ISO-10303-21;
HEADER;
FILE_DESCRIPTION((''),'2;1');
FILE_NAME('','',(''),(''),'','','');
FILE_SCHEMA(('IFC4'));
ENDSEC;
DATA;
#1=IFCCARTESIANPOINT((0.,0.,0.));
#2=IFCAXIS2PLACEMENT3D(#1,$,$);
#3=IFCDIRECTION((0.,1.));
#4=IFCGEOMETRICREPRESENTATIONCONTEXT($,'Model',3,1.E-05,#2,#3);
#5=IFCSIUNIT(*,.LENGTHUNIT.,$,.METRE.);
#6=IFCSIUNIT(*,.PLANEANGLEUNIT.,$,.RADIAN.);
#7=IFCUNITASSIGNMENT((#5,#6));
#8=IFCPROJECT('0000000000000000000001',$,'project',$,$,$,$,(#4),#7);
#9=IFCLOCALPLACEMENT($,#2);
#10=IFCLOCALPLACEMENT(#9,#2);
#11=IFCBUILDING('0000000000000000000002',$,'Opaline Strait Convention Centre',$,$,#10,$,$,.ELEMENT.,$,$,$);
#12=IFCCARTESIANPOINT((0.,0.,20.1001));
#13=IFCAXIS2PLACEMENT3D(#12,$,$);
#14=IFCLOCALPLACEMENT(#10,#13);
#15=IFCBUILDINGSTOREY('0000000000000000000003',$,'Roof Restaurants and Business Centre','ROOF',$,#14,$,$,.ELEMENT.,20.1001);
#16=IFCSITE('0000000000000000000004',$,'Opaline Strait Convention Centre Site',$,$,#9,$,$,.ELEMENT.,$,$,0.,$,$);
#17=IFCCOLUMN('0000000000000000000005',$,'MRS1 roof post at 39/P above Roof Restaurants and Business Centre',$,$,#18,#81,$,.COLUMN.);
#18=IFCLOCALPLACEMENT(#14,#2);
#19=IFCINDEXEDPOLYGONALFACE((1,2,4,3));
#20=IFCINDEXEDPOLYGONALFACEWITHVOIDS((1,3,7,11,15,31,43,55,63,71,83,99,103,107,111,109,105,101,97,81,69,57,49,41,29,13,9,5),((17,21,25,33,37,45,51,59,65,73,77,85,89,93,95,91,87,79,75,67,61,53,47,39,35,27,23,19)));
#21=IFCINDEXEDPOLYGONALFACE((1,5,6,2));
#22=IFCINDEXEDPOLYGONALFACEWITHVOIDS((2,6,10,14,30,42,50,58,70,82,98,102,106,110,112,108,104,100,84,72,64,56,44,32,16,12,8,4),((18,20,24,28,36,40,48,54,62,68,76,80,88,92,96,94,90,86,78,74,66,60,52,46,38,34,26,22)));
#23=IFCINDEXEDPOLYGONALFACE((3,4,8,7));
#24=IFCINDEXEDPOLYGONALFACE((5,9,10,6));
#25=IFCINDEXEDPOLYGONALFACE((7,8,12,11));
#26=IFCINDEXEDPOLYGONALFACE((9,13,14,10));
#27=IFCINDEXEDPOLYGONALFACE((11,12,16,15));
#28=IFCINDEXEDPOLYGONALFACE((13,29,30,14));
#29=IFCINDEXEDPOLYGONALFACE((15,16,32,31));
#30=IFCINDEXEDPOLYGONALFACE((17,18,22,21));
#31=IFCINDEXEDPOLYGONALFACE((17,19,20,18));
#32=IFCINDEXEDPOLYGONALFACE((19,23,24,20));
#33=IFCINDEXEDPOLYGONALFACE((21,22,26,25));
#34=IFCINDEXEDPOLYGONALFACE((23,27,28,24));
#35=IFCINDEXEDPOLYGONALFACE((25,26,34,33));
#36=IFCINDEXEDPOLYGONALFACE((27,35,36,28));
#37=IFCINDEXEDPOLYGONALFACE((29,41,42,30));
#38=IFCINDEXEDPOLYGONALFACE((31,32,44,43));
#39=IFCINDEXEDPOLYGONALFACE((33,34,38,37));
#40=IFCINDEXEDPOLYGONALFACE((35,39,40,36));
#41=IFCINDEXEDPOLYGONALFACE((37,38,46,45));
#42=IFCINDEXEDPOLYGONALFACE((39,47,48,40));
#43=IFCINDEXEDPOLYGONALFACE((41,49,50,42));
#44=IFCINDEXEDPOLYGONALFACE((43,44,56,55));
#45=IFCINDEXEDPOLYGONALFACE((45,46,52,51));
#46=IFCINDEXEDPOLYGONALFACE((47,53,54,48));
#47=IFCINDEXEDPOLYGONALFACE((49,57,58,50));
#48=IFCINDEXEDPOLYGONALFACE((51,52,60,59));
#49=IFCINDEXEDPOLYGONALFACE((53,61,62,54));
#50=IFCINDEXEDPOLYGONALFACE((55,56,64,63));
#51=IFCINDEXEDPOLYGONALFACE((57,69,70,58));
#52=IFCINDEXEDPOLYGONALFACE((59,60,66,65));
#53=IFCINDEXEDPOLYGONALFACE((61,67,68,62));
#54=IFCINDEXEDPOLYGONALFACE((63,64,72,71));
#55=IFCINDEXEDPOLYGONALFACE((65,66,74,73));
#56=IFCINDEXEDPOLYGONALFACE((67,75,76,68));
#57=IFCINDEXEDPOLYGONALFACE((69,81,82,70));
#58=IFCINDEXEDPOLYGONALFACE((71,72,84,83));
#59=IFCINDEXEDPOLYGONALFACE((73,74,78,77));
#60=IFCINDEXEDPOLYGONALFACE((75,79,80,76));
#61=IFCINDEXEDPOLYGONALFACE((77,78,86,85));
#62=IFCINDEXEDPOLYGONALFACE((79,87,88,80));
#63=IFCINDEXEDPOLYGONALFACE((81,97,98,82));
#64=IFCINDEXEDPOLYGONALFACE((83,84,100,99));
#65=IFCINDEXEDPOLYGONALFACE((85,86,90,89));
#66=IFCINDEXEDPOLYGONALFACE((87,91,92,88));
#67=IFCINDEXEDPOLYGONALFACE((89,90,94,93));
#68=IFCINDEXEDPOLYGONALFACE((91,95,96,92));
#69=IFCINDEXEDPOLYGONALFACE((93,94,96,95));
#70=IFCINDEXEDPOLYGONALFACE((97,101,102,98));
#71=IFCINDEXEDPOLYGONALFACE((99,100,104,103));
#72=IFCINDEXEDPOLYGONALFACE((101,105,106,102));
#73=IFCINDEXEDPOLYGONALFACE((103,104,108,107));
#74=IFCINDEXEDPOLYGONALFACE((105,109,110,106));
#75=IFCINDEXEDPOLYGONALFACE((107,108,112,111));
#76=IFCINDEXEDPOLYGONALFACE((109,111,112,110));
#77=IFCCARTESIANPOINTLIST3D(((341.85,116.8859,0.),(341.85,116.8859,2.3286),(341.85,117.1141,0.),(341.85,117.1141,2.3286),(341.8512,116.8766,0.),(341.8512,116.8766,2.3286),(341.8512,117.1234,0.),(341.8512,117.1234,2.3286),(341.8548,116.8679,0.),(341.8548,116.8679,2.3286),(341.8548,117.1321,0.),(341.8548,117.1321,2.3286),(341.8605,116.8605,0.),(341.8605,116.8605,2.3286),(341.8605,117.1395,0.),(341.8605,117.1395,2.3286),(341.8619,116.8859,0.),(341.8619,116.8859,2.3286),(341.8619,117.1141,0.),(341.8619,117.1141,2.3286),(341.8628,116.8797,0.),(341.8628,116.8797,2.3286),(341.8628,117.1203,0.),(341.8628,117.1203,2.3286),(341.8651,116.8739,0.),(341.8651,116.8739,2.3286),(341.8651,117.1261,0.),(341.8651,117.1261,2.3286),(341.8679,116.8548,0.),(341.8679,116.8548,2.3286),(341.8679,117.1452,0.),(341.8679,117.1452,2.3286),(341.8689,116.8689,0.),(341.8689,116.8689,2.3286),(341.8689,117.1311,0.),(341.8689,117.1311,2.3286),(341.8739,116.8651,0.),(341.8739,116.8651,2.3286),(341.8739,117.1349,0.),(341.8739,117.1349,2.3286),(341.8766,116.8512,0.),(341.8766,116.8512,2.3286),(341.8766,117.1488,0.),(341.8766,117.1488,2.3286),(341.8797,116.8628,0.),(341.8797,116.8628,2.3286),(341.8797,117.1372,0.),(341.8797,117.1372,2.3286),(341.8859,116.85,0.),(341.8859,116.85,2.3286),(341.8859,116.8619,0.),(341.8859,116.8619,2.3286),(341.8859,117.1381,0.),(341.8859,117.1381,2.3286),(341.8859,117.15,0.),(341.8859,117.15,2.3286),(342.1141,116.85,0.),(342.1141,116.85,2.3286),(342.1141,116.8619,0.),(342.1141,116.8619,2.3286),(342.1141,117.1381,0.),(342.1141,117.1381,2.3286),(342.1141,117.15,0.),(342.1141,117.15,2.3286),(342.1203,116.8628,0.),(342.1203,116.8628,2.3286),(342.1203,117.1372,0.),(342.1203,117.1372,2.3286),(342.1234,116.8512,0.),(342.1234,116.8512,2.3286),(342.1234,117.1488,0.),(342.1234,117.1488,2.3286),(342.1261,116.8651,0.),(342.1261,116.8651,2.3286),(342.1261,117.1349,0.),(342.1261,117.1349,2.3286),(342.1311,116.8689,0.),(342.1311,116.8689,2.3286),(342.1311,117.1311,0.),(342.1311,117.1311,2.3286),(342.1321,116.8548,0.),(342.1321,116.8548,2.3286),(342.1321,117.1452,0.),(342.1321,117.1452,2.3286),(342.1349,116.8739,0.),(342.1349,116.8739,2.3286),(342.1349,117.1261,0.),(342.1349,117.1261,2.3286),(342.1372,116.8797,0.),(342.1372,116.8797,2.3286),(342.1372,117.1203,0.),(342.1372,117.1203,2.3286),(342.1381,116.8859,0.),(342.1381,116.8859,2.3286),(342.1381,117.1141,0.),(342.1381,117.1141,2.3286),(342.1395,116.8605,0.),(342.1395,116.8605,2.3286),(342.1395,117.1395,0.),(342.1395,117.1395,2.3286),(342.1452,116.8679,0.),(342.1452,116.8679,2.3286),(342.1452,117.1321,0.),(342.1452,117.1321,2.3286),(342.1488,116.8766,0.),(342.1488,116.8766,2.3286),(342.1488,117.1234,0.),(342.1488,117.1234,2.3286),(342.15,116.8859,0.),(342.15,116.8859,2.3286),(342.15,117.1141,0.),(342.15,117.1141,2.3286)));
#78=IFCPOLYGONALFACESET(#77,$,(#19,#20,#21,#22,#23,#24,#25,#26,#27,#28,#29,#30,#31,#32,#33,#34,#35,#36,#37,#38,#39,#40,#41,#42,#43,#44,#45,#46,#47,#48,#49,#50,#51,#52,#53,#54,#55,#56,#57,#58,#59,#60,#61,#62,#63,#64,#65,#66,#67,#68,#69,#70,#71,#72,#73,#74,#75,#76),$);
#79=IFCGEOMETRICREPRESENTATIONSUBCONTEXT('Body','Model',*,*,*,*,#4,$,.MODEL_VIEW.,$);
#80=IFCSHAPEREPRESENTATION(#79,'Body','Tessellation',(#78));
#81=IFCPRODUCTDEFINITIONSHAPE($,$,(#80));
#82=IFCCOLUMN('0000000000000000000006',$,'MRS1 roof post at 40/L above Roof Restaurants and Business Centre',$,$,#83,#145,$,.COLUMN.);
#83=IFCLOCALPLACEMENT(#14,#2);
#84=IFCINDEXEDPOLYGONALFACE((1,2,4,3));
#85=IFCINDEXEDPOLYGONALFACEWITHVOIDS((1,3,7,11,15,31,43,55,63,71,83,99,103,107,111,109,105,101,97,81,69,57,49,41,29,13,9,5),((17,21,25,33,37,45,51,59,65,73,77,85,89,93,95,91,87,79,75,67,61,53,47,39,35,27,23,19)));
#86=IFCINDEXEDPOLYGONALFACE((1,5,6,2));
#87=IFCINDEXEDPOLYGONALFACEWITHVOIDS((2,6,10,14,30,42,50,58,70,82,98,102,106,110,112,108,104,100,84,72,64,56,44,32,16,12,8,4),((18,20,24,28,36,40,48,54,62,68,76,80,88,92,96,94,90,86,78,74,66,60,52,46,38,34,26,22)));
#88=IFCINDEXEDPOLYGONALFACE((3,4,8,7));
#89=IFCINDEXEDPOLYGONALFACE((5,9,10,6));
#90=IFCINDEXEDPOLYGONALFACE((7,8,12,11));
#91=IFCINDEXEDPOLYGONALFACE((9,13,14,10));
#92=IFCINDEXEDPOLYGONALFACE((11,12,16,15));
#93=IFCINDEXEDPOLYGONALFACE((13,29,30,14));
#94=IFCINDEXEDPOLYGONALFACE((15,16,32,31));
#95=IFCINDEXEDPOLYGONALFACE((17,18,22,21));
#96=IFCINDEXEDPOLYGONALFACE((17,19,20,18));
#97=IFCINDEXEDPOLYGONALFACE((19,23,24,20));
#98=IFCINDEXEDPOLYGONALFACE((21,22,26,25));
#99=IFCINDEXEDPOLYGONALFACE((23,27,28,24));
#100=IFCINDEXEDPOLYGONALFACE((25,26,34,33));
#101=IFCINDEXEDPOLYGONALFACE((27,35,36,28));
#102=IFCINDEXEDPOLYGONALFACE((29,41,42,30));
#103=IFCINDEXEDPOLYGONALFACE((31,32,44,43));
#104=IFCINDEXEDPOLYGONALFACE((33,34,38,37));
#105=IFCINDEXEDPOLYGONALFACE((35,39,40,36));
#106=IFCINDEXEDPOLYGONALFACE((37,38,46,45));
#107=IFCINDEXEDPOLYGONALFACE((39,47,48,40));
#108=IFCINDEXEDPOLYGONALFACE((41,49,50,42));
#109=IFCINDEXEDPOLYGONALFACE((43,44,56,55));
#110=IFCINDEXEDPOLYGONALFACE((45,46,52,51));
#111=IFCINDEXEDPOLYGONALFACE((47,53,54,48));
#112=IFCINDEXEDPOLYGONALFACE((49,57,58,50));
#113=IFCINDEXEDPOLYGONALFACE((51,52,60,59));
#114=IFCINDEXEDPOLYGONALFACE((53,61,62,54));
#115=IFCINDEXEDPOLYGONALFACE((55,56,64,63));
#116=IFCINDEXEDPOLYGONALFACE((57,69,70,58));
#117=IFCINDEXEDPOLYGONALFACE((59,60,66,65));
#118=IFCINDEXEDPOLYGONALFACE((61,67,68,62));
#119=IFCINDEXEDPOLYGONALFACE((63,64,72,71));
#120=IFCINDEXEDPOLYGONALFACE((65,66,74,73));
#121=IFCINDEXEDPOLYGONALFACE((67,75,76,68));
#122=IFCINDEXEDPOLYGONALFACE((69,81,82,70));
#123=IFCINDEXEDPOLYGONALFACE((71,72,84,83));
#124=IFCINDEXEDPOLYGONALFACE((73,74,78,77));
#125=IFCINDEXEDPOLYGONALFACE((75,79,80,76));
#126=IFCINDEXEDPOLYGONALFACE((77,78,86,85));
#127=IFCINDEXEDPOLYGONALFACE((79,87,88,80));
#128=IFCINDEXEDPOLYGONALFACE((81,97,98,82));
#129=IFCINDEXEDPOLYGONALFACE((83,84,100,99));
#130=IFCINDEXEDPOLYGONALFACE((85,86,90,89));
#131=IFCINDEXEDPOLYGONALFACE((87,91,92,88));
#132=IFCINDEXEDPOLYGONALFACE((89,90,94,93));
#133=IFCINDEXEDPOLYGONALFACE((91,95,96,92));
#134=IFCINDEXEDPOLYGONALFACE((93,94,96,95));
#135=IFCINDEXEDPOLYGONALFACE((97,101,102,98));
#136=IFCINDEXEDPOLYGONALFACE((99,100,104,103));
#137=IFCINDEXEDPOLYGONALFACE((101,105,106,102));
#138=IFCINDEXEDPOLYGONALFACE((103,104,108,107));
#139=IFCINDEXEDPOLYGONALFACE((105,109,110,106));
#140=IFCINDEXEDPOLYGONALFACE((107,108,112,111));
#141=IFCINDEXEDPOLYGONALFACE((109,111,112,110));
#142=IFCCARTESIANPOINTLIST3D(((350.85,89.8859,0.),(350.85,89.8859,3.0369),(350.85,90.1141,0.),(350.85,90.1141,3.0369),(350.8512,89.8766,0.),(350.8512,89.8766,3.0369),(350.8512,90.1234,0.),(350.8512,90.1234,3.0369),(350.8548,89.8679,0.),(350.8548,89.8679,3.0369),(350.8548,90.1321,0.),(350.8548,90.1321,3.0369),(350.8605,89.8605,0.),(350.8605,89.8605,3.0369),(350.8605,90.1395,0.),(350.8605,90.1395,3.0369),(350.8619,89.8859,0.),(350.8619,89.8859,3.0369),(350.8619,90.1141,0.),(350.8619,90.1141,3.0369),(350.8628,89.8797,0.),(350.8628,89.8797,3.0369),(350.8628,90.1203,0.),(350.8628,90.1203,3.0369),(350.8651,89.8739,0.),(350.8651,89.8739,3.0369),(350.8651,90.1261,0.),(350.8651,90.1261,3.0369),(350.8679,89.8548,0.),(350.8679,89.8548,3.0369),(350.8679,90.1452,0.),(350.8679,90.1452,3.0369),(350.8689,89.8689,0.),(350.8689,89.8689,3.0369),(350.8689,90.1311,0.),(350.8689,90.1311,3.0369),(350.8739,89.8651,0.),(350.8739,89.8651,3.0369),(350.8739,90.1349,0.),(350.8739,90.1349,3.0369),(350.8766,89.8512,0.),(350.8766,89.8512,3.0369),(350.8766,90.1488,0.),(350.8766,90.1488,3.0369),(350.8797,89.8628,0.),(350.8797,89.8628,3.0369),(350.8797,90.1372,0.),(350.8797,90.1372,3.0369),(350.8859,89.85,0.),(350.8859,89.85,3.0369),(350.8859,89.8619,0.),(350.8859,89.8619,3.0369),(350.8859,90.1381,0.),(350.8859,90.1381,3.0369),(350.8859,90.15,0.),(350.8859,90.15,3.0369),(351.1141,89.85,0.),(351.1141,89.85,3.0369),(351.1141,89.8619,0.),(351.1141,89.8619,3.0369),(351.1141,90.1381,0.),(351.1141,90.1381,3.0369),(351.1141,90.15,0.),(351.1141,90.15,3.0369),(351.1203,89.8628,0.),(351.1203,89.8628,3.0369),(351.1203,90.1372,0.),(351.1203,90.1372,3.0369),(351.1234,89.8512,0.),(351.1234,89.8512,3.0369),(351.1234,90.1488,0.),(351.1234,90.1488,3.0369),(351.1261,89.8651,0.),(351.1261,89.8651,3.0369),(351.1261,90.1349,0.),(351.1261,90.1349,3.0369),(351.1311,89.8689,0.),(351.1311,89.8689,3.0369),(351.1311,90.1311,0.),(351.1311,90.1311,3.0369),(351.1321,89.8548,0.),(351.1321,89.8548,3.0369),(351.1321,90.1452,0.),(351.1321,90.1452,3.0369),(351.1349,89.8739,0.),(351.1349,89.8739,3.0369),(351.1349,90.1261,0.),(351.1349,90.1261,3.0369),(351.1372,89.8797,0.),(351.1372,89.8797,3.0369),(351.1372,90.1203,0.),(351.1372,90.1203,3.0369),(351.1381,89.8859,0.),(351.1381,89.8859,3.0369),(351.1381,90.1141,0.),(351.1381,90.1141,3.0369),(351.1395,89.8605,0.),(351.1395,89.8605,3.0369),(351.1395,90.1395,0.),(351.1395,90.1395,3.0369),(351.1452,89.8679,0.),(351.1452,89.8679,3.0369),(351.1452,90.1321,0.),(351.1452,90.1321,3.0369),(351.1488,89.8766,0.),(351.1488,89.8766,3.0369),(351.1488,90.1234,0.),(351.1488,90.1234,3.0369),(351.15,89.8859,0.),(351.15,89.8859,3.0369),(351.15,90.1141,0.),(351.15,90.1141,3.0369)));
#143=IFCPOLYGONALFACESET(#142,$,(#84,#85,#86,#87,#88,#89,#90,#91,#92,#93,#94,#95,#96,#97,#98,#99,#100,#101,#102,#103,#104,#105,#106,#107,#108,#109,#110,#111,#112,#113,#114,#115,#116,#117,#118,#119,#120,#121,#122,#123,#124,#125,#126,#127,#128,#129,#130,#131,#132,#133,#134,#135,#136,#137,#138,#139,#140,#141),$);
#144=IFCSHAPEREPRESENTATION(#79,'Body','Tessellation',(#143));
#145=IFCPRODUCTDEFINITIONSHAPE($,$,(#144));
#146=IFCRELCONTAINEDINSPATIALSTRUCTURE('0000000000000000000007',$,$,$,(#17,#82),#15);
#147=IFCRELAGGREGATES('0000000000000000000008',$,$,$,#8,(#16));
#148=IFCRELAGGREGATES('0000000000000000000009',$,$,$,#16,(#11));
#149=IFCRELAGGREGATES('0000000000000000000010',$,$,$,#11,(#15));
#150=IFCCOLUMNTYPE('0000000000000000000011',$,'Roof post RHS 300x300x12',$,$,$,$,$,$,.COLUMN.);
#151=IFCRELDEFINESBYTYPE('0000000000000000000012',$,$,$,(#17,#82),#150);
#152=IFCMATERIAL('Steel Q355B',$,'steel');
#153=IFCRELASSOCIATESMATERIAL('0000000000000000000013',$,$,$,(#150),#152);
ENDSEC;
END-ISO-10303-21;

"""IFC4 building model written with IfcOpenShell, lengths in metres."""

from ifc_helpers import new_model, si_unit, direction, frame, origin, origin_2d, place, context, subcontext, project, spatial, hollow_rectangle, extrude, material, material_profile, profile_set, type_object, element, save


model = new_model("IFC4")

# Units and contexts
model_context = context("Model", 3, precision=1e-05, world=origin(), true_north=direction((0.0, 1.0)))
body_context = subcontext(model_context, "Body", "Model", "MODEL_VIEW")
ifc_project = project(units=[si_unit("LENGTHUNIT", "METRE"), si_unit("PLANEANGLEUNIT", "RADIAN")], contexts=[model_context])

# Site, building, storey
site_placement = place(None, origin())
site = spatial("IfcSite", under=ifc_project, at=site_placement, Name="Opaline Strait Convention Centre Site", CompositionType="ELEMENT", RefElevation=0.0)
building_placement = place(site_placement, origin())
building = spatial("IfcBuilding", under=site, at=building_placement, Name="Opaline Strait Convention Centre", CompositionType="ELEMENT")
storey_placement = place(building_placement, frame((0.0, 0.0, 20.1001)))
storey = spatial("IfcBuildingStorey", under=building, at=storey_placement, Name="Roof Restaurants and Business Centre", Description="ROOF", CompositionType="ELEMENT", Elevation=20.1001)

# Columns
ifc_material = material(Name="Steel Q355B", Category="steel")
ifc_material_profile = material_profile(ifc_material, hollow_rectangle(XDim=0.3, YDim=0.3, WallThickness=0.012, InnerFilletRadius=0.0239, OuterFilletRadius=0.0359, at=origin_2d()), Name="RHS 300x300x12")
ifc_profile_set = profile_set([ifc_material_profile], Name="Steel Q355B")
column_type = type_object("IfcColumnType", Name="Roof post RHS 300x300x12", PredefinedType="COLUMN", material=ifc_profile_set)
for number, where, z_axis, x_axis, name in (
    (1, (342.0, 117.0, 0.0), (0.0, 0.0, 1.0), (1.0, 0.0, 0.0), "MRS1 roof post at 39/P above Roof Restaurants and Business Centre"),
):
    element("IfcColumn", number, at=place(storey_placement, frame(where, z_axis=z_axis, x_axis=x_axis)), inside=storey, type_object=column_type, Name=name, PredefinedType="COLUMN", context=body_context, shape_type="SweptSolid", body=[
        extrude(hollow_rectangle(XDim=0.3, YDim=0.3, WallThickness=0.012, InnerFilletRadius=0.0239, OuterFilletRadius=0.0359, at=origin_2d()), origin(), (0.0, 0.0, 1.0), 2.3286),
    ])
for number, where, z_axis, x_axis, name in (
    (2, (351.0, 90.0, 0.0), (0.0, 0.0, 1.0), (1.0, 0.0, 0.0), "MRS1 roof post at 40/L above Roof Restaurants and Business Centre"),
):
    element("IfcColumn", number, at=place(storey_placement, frame(where, z_axis=z_axis, x_axis=x_axis)), inside=storey, type_object=column_type, Name=name, PredefinedType="COLUMN", context=body_context, shape_type="SweptSolid", body=[
        extrude(hollow_rectangle(XDim=0.3, YDim=0.3, WallThickness=0.012, InnerFilletRadius=0.0239, OuterFilletRadius=0.0359, at=origin_2d()), origin(), (0.0, 0.0, 1.0), 3.0369),
    ])

save(model, "model.ifc")
